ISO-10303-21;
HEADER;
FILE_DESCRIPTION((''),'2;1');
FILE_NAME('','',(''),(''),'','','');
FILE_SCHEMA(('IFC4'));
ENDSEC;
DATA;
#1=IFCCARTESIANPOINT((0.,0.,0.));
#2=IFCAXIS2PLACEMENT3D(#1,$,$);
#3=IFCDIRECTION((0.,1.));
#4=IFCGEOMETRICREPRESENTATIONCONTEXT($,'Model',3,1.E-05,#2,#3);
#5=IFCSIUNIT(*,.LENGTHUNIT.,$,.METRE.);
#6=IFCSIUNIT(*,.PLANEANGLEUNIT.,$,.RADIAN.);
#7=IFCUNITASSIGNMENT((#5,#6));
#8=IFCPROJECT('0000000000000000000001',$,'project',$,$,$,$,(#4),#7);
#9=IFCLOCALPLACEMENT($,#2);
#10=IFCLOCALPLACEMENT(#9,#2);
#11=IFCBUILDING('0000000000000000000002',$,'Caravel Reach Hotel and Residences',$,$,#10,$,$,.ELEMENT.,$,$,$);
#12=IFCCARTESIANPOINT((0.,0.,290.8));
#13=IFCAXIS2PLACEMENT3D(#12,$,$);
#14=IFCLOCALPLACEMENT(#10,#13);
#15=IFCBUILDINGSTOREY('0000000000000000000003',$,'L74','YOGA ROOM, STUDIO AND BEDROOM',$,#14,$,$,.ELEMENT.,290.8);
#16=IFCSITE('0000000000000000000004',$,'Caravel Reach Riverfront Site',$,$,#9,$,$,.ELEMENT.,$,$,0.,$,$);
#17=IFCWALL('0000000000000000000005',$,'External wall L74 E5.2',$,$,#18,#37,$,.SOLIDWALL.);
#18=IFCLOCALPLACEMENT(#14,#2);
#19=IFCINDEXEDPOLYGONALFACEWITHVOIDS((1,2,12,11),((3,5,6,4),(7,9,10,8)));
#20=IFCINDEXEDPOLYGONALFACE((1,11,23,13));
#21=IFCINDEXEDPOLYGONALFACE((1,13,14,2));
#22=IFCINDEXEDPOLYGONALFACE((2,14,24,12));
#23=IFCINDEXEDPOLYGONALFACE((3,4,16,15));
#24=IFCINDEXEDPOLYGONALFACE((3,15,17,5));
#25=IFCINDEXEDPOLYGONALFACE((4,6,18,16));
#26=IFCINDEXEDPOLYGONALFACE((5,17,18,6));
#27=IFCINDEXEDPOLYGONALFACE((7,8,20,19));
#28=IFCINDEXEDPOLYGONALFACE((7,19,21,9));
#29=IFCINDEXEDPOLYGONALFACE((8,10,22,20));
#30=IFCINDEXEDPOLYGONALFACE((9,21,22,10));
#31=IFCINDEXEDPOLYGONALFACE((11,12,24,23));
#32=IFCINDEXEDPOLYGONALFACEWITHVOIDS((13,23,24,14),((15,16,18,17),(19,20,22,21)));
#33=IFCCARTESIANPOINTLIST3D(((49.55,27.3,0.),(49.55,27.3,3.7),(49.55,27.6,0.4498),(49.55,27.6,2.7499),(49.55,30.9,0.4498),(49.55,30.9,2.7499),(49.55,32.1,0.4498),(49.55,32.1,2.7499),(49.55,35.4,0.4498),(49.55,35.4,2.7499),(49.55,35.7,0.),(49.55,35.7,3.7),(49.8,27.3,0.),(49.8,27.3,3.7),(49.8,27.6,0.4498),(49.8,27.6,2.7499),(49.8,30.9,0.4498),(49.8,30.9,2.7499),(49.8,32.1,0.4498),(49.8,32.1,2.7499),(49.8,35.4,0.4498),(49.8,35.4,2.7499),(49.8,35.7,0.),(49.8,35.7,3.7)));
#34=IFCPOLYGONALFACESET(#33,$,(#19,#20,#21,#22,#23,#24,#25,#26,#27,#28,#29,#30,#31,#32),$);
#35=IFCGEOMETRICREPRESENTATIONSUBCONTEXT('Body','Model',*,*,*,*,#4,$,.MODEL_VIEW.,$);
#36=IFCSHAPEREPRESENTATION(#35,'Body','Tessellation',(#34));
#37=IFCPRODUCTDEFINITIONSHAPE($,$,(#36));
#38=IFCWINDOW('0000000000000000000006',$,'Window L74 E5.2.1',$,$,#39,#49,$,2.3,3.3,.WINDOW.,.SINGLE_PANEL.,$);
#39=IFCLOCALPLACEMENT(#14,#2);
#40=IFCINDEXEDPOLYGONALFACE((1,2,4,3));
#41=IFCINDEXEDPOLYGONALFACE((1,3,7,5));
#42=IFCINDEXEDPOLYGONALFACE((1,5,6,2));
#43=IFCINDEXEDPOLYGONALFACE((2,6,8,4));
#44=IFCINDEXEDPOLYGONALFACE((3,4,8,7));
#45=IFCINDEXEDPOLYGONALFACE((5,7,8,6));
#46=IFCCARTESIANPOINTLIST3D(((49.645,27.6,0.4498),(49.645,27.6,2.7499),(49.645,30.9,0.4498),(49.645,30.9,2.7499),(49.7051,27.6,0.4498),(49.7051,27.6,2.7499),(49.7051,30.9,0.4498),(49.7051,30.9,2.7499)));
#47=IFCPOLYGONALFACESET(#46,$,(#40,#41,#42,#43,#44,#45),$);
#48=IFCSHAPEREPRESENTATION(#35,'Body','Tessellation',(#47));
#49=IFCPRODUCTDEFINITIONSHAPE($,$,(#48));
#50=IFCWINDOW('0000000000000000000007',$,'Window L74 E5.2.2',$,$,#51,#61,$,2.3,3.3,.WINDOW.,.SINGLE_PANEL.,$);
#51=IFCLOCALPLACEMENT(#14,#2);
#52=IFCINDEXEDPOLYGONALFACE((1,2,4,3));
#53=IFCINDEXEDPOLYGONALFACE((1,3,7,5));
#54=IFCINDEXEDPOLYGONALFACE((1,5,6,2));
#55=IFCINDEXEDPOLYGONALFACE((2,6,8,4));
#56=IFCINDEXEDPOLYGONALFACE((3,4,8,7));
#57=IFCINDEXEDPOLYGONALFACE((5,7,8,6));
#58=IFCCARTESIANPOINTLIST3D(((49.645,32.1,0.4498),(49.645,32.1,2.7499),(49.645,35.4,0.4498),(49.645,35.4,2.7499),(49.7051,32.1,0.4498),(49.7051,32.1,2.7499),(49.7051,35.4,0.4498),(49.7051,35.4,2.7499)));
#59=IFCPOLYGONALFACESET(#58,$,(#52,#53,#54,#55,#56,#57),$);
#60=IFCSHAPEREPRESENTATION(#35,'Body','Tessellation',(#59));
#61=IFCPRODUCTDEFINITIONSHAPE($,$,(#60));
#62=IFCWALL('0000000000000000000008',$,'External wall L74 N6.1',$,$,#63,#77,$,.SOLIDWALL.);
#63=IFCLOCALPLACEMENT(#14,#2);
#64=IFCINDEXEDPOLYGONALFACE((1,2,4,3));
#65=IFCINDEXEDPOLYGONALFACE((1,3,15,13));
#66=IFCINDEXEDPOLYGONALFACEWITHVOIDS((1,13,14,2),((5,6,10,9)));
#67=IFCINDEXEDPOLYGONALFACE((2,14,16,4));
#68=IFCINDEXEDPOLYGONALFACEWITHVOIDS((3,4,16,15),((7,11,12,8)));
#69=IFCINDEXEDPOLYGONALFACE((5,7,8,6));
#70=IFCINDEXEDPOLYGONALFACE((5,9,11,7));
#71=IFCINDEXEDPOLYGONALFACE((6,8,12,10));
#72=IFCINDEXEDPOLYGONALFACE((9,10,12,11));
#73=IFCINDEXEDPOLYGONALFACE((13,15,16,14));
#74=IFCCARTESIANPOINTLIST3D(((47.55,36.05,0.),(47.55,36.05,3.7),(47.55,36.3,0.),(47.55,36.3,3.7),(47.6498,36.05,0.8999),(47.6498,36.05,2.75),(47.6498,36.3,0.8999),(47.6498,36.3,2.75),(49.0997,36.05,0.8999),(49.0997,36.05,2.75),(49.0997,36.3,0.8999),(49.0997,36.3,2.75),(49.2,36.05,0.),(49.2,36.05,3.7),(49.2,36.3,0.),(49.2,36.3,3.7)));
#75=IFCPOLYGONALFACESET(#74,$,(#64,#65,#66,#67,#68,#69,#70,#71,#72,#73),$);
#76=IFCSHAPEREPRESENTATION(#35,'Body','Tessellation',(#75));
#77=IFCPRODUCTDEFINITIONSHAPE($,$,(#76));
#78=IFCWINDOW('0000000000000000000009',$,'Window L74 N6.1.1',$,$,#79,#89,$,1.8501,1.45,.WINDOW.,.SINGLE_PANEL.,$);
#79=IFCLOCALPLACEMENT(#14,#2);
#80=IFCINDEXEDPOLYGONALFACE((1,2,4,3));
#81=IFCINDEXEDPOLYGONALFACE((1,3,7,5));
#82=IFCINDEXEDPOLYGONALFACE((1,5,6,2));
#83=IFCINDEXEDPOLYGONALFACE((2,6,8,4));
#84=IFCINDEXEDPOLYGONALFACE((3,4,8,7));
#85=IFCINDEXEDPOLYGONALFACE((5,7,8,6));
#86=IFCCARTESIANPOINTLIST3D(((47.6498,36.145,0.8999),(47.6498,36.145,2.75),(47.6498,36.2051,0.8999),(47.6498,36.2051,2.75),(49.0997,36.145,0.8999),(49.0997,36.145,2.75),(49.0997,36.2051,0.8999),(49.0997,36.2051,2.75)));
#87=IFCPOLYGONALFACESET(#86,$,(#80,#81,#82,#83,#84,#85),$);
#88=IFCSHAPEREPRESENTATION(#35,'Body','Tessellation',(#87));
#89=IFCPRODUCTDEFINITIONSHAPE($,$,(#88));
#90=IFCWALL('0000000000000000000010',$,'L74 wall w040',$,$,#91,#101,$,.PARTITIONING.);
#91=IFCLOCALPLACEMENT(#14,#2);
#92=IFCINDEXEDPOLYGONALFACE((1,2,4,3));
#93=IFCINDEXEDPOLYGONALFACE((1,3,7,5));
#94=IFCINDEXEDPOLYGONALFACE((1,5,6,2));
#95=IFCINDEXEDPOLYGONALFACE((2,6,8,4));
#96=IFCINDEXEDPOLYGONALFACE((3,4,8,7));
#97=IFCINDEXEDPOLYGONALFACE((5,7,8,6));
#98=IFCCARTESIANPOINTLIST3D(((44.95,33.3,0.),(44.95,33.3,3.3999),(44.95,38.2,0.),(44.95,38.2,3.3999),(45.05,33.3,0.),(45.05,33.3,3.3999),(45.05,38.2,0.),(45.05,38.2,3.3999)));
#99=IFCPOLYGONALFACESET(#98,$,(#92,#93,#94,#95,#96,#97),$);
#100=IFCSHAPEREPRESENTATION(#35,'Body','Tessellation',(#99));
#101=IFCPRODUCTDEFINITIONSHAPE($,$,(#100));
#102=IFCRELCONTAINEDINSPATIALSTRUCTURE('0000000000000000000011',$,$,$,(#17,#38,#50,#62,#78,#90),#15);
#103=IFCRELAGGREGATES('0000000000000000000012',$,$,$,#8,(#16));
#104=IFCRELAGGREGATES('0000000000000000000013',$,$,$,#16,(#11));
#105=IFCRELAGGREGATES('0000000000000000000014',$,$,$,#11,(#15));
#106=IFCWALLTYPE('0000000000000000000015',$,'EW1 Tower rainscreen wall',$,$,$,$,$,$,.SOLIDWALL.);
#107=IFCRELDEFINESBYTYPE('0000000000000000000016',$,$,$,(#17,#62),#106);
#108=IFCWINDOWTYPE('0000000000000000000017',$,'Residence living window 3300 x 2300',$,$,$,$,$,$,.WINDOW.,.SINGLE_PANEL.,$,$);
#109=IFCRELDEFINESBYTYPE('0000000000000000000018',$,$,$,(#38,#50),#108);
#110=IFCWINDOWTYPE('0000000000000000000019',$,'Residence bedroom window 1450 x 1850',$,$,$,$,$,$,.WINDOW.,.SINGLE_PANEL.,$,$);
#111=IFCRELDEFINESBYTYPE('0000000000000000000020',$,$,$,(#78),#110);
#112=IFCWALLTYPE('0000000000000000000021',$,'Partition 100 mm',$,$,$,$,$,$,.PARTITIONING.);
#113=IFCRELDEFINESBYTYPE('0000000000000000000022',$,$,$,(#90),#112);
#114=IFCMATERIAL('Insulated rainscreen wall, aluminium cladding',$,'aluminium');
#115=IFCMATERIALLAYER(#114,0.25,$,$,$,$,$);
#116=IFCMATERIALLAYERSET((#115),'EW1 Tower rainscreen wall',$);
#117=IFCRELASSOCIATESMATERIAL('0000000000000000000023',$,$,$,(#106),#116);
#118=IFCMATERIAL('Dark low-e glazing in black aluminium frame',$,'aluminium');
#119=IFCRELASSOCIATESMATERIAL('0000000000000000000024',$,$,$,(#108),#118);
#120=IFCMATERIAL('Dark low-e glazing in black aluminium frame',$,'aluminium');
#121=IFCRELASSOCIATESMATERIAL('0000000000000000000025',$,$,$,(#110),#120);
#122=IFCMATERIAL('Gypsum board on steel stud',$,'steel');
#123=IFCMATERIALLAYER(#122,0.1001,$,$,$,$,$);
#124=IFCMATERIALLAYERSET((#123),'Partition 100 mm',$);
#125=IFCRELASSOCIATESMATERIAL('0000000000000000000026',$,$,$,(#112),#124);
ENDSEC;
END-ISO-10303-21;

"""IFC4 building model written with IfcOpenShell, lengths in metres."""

from ifc_helpers import new_model, si_unit, direction, frame, frame_2d, origin, place, context, subcontext, project, spatial, rectangle, extrude, material, layer, layer_set, type_object, element, fill, save


model = new_model("IFC4")

# Units and contexts
model_context = context("Model", 3, precision=1e-05, world=origin(), true_north=direction((0.0, 1.0)))
body_context = subcontext(model_context, "Body", "Model", "MODEL_VIEW")
ifc_project = project(units=[si_unit("LENGTHUNIT", "METRE"), si_unit("PLANEANGLEUNIT", "RADIAN")], contexts=[model_context])

# Site, building, storey
site_placement = place(None, origin())
site = spatial("IfcSite", under=ifc_project, at=site_placement, Name="Caravel Reach Riverfront Site", CompositionType="ELEMENT", RefElevation=0.0)
building_placement = place(site_placement, origin())
building = spatial("IfcBuilding", under=site, at=building_placement, Name="Caravel Reach Hotel and Residences", CompositionType="ELEMENT")
storey_placement = place(building_placement, frame((0.0, 0.0, 290.8)))
storey = spatial("IfcBuildingStorey", under=building, at=storey_placement, Name="L74", Description="YOGA ROOM, STUDIO AND BEDROOM", CompositionType="ELEMENT", Elevation=290.8)

# Wall, openings, windows
ifc_material_1 = material(Name="Insulated rainscreen wall, aluminium cladding", Category="aluminium")
ifc_layer_1 = layer(ifc_material_1, 0.25)
ifc_layer_set_1 = layer_set([ifc_layer_1], Name="EW1 Tower rainscreen wall")
wall_type_1 = type_object("IfcWallType", Name="EW1 Tower rainscreen wall", PredefinedType="SOLIDWALL", material=ifc_layer_set_1)
wall_1_placement = place(storey_placement, frame((49.675, 27.3, 0.0), z_axis=(0.0, 0.0, 1.0), x_axis=(0.0, 1.0, 0.0)))
wall_1 = element("IfcWall", 1, at=wall_1_placement, inside=storey, type_object=wall_type_1, Name="External wall L74 E5.2", PredefinedType="SOLIDWALL", context=body_context, shape_type="SweptSolid", body=[
    extrude(rectangle(XDim=8.3999, YDim=0.25, at=frame_2d((4.2, 0.0))), origin(), (0.0, 0.0, 1.0), 3.7),
])
opening_1_placement = place(wall_1_placement, frame((0.3, 0.0, 0.45)))
opening_1 = element("IfcOpeningElement", 2, at=opening_1_placement, cuts=wall_1, PredefinedType="OPENING", context=body_context, shape_type="SweptSolid", body=[
    extrude(rectangle(XDim=3.3, YDim=2.3, at=frame_2d((1.6499, 1.1499))), frame((0.0, 0.135, 0.0), z_axis=(0.0, -1.0, 0.0), x_axis=(1.0, 0.0, 0.0)), (0.0, 0.0, 1.0), 0.27),
])
opening_2_placement = place(wall_1_placement, frame((4.8, 0.0, 0.45)))
opening_2 = element("IfcOpeningElement", 3, at=opening_2_placement, cuts=wall_1, PredefinedType="OPENING", context=body_context, shape_type="SweptSolid", body=[
    extrude(rectangle(XDim=3.3, YDim=2.3, at=frame_2d((1.6499, 1.1499))), frame((0.0, 0.135, 0.0), z_axis=(0.0, -1.0, 0.0), x_axis=(1.0, 0.0, 0.0)), (0.0, 0.0, 1.0), 0.27),
])
ifc_material_2 = material(Name="Dark low-e glazing in black aluminium frame", Category="aluminium")
window_type_1 = type_object("IfcWindowType", Name="Residence living window 3300 x 2300", PartitioningType="SINGLE_PANEL", PredefinedType="WINDOW", material=ifc_material_2)
window_1_placement = place(opening_1_placement, origin())
window_1 = element("IfcWindow", 4, at=window_1_placement, inside=storey, type_object=window_type_1, Name="Window L74 E5.2.1", OverallHeight=2.3, OverallWidth=3.3, PartitioningType="SINGLE_PANEL", PredefinedType="WINDOW", context=body_context, shape_type="SweptSolid", body=[
    extrude(rectangle(XDim=3.3, YDim=2.3, at=frame_2d((1.6499, 1.1499))), frame((0.0, 0.03, 0.0), z_axis=(0.0, -1.0, 0.0), x_axis=(1.0, 0.0, 0.0)), (0.0, 0.0, 1.0), 0.0601),
])
fill(opening_1, window_1)
window_2_placement = place(opening_2_placement, origin())
window_2 = element("IfcWindow", 5, at=window_2_placement, inside=storey, type_object=window_type_1, Name="Window L74 E5.2.2", OverallHeight=2.3, OverallWidth=3.3, PartitioningType="SINGLE_PANEL", PredefinedType="WINDOW", context=body_context, shape_type="SweptSolid", body=[
    extrude(rectangle(XDim=3.3, YDim=2.3, at=frame_2d((1.6499, 1.1499))), frame((0.0, 0.03, 0.0), z_axis=(0.0, -1.0, 0.0), x_axis=(1.0, 0.0, 0.0)), (0.0, 0.0, 1.0), 0.0601),
])
fill(opening_2, window_2)

# Wall, opening, window
wall_2_placement = place(storey_placement, frame((49.2, 36.175, 0.0), z_axis=(0.0, 0.0, 1.0), x_axis=(-1.0, 0.0, 0.0)))
wall_2 = element("IfcWall", 6, at=wall_2_placement, inside=storey, type_object=wall_type_1, Name="External wall L74 N6.1", PredefinedType="SOLIDWALL", context=body_context, shape_type="SweptSolid", body=[
    extrude(rectangle(XDim=1.6499, YDim=0.25, at=frame_2d((0.825, 0.0))), origin(), (0.0, 0.0, 1.0), 3.7),
])
opening_3_placement = place(wall_2_placement, frame((0.1001, 0.0, 0.8999)))
opening_3 = element("IfcOpeningElement", 7, at=opening_3_placement, cuts=wall_2, PredefinedType="OPENING", context=body_context, shape_type="SweptSolid", body=[
    extrude(rectangle(XDim=1.45, YDim=1.8501, at=frame_2d((0.7251, 0.925))), frame((0.0, 0.135, 0.0), z_axis=(0.0, -1.0, 0.0), x_axis=(1.0, 0.0, 0.0)), (0.0, 0.0, 1.0), 0.27),
])
ifc_material_3 = material(Name="Dark low-e glazing in black aluminium frame", Category="aluminium")
window_type_2 = type_object("IfcWindowType", Name="Residence bedroom window 1450 x 1850", PartitioningType="SINGLE_PANEL", PredefinedType="WINDOW", material=ifc_material_3)
window_3_placement = place(opening_3_placement, origin())
window_3 = element("IfcWindow", 8, at=window_3_placement, inside=storey, type_object=window_type_2, Name="Window L74 N6.1.1", OverallHeight=1.8501, OverallWidth=1.45, PartitioningType="SINGLE_PANEL", PredefinedType="WINDOW", context=body_context, shape_type="SweptSolid", body=[
    extrude(rectangle(XDim=1.45, YDim=1.8501, at=frame_2d((0.7251, 0.925))), frame((0.0, 0.03, 0.0), z_axis=(0.0, -1.0, 0.0), x_axis=(1.0, 0.0, 0.0)), (0.0, 0.0, 1.0), 0.0601),
])
fill(opening_3, window_3)

# Wall
ifc_material_4 = material(Name="Gypsum board on steel stud", Category="steel")
ifc_layer_2 = layer(ifc_material_4, 0.1001)
ifc_layer_set_2 = layer_set([ifc_layer_2], Name="Partition 100 mm")
wall_type_2 = type_object("IfcWallType", Name="Partition 100 mm", PredefinedType="PARTITIONING", material=ifc_layer_set_2)
wall_3_placement = place(storey_placement, frame((45.0, 33.3, 0.0), z_axis=(0.0, 0.0, 1.0), x_axis=(0.0, 1.0, 0.0)))
element("IfcWall", 9, at=wall_3_placement, inside=storey, type_object=wall_type_2, Name="L74 wall w040", PredefinedType="PARTITIONING", context=body_context, shape_type="SweptSolid", body=[
    extrude(rectangle(XDim=4.8999, YDim=0.1001, at=frame_2d((2.45, 0.0))), origin(), (0.0, 0.0, 1.0), 3.3999),
])

save(model, "model.ifc")
